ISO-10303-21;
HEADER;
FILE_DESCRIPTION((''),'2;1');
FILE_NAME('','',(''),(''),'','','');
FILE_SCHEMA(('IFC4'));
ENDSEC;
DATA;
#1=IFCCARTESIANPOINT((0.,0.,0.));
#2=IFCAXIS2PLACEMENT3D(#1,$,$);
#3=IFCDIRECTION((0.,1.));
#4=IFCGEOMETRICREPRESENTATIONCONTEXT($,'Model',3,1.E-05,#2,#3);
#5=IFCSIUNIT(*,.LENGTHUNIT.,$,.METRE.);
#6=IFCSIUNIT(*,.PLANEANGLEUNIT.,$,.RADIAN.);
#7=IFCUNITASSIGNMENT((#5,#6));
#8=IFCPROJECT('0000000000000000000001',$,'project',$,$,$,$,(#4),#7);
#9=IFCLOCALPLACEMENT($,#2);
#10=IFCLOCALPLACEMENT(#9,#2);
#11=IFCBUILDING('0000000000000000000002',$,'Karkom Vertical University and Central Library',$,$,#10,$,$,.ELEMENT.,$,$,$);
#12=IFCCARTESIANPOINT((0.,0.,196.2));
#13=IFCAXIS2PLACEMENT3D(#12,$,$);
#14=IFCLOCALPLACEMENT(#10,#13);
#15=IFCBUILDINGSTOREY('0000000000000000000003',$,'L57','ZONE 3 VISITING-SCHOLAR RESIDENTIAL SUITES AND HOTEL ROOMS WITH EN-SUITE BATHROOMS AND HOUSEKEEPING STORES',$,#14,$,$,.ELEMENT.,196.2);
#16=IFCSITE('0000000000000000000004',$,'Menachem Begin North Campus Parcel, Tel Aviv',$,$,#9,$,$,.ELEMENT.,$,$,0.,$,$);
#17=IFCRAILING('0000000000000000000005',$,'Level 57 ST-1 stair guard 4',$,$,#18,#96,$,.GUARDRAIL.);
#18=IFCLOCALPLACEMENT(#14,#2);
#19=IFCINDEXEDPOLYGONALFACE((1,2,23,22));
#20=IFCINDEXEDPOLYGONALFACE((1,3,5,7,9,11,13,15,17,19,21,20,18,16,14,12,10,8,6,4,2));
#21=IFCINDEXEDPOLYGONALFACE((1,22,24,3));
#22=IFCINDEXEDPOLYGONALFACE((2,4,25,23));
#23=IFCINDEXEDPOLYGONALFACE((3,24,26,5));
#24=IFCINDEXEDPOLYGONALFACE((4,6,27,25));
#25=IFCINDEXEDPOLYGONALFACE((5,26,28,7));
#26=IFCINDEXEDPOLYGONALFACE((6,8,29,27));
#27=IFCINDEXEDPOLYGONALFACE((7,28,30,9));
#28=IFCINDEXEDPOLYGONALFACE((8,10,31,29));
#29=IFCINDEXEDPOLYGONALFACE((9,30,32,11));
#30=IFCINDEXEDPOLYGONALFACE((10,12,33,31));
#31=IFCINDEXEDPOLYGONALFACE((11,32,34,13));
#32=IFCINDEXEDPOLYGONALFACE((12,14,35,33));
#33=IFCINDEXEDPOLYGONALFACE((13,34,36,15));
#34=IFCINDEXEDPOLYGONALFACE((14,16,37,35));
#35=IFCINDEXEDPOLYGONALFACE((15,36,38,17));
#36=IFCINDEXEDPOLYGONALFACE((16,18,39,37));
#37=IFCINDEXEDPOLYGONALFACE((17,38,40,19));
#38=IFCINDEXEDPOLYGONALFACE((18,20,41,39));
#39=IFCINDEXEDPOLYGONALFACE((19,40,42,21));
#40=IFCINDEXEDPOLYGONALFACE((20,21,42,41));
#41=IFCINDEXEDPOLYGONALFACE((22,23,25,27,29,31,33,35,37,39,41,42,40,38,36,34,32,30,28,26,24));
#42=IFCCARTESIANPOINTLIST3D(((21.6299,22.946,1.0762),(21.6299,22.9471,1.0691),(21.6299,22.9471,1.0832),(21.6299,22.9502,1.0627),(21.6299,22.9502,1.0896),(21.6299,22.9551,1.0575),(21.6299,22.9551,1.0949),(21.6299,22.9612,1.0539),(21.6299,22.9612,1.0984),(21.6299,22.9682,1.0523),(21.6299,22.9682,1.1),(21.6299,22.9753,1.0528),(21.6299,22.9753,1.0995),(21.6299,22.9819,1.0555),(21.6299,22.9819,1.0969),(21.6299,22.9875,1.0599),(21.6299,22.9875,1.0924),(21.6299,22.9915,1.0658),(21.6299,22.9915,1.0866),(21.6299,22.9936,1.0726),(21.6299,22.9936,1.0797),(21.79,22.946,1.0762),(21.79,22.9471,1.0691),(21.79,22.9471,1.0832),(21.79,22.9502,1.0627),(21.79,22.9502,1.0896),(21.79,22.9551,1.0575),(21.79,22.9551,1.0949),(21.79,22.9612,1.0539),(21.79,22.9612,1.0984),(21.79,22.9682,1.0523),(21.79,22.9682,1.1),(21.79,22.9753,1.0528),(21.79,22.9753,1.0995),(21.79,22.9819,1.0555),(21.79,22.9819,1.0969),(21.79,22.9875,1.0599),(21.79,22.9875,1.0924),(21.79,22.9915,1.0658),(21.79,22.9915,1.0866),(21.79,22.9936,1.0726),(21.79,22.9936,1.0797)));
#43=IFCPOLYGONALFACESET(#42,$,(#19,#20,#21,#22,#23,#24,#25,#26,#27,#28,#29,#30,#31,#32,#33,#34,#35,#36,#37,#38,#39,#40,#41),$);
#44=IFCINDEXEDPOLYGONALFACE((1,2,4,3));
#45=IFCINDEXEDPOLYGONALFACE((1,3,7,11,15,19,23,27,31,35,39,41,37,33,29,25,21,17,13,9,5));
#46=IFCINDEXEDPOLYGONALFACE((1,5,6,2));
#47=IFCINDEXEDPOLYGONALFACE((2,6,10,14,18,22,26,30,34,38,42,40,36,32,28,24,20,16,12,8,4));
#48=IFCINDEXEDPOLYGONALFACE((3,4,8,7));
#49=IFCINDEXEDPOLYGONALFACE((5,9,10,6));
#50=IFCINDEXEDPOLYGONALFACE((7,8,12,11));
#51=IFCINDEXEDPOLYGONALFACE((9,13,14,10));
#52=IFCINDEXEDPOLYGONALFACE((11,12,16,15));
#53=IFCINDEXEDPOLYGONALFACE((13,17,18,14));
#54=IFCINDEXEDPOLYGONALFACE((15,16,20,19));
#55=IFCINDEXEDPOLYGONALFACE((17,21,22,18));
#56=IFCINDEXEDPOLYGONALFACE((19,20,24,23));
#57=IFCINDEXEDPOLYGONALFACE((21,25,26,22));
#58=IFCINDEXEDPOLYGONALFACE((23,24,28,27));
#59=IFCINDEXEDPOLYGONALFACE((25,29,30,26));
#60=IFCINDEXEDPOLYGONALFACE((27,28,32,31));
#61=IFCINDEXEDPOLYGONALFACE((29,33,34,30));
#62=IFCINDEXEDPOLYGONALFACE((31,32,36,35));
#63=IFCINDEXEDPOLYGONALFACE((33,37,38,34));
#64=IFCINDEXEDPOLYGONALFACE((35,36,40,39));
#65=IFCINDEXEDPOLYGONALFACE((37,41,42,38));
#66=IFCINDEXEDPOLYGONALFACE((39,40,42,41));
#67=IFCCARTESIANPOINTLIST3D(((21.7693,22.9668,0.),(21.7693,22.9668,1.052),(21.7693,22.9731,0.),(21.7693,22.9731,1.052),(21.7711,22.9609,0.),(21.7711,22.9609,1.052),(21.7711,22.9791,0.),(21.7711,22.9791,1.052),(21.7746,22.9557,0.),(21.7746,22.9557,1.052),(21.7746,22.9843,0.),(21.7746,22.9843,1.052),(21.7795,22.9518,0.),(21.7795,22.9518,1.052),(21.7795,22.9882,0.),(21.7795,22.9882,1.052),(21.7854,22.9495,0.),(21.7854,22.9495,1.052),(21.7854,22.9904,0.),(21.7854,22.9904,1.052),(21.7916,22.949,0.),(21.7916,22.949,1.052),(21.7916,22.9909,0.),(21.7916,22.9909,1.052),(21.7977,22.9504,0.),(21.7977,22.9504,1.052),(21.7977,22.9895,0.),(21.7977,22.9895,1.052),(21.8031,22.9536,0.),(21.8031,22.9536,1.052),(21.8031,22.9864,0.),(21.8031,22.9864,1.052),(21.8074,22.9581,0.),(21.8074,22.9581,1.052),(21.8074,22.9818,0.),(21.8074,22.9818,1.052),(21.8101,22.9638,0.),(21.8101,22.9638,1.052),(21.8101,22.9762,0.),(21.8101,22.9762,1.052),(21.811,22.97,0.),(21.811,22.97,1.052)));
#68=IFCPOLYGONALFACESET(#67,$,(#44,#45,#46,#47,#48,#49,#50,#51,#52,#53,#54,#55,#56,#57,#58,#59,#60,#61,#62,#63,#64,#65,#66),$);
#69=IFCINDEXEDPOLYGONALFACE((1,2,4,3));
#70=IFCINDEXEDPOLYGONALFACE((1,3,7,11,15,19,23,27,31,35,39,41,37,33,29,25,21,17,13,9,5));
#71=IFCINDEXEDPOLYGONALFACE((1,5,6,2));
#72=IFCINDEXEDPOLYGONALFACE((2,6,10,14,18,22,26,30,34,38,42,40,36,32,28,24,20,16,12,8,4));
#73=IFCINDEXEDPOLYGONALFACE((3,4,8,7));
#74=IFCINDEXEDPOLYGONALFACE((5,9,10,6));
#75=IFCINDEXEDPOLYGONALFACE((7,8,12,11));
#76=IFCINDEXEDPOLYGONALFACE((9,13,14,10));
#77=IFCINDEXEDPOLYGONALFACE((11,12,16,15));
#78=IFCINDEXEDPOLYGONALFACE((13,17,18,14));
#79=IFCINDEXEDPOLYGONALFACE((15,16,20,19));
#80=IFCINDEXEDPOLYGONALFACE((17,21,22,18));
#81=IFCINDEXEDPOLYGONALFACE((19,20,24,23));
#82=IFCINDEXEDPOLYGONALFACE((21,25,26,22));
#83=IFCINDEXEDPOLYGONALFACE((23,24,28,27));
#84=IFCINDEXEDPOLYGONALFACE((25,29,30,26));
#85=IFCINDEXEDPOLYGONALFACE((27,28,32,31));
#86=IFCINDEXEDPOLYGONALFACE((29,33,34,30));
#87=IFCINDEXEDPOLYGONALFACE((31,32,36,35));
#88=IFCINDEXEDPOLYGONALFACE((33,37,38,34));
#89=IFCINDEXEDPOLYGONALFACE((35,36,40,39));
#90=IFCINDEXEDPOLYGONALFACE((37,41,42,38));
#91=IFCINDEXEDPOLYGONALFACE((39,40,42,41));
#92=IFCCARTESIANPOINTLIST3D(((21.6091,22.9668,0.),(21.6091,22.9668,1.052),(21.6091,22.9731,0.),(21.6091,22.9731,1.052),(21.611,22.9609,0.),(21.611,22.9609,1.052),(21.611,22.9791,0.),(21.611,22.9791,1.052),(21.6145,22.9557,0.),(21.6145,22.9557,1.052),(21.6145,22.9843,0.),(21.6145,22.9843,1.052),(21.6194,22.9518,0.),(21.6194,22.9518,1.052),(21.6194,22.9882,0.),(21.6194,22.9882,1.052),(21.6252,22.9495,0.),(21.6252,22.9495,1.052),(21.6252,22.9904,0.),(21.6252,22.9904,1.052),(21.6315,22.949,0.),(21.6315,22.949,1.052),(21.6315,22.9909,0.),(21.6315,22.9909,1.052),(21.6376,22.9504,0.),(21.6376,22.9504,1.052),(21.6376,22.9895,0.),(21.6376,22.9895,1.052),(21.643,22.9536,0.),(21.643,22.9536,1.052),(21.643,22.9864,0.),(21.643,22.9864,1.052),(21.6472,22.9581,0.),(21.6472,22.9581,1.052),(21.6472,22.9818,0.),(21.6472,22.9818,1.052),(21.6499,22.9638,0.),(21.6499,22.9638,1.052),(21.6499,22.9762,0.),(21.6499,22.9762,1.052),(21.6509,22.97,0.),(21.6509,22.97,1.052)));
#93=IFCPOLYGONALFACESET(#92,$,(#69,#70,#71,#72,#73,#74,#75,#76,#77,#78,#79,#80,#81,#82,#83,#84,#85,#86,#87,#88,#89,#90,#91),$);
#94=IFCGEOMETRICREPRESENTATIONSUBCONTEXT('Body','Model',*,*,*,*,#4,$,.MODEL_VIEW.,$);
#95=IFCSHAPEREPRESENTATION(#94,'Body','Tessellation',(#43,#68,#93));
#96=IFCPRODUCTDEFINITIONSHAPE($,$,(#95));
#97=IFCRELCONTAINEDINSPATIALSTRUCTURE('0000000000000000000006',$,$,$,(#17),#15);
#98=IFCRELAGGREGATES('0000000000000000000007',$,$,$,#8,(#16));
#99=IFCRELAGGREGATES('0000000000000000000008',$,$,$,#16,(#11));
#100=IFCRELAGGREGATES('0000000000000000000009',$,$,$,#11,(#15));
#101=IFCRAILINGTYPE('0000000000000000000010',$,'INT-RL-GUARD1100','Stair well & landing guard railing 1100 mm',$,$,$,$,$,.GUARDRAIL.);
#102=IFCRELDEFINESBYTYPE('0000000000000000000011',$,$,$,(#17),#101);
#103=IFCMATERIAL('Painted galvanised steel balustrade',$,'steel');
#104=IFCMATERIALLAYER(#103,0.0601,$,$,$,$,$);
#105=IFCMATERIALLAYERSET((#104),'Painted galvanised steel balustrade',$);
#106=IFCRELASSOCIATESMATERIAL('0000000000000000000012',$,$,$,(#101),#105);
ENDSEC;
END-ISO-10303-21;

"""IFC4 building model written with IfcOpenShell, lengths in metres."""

from ifc_helpers import new_model, si_unit, direction, frame, origin, origin_2d, place, context, subcontext, project, spatial, circle, extrude, material, layer, layer_set, type_object, element, save


model = new_model("IFC4")

# Units and contexts
model_context = context("Model", 3, precision=1e-05, world=origin(), true_north=direction((0.0, 1.0)))
body_context = subcontext(model_context, "Body", "Model", "MODEL_VIEW")
ifc_project = project(units=[si_unit("LENGTHUNIT", "METRE"), si_unit("PLANEANGLEUNIT", "RADIAN")], contexts=[model_context])

# Site, building, storey
site_placement = place(None, origin())
site = spatial("IfcSite", under=ifc_project, at=site_placement, Name="Menachem Begin North Campus Parcel, Tel Aviv", CompositionType="ELEMENT", RefElevation=0.0)
building_placement = place(site_placement, origin())
building = spatial("IfcBuilding", under=site, at=building_placement, Name="Karkom Vertical University and Central Library", CompositionType="ELEMENT")
storey_placement = place(building_placement, frame((0.0, 0.0, 196.2)))
storey = spatial("IfcBuildingStorey", under=building, at=storey_placement, Name="L57", Description="ZONE 3 VISITING-SCHOLAR RESIDENTIAL SUITES AND HOTEL ROOMS WITH EN-SUITE BATHROOMS AND HOUSEKEEPING STORES", CompositionType="ELEMENT", Elevation=196.2)

# Railing
ifc_material_1 = material(Name="Painted galvanised steel balustrade", Category="steel")
ifc_layer_1 = layer(ifc_material_1, 0.0601)
ifc_layer_set_1 = layer_set([ifc_layer_1], Name="Painted galvanised steel balustrade")
railing_type_1 = type_object("IfcRailingType", Name="INT-RL-GUARD1100", Description="Stair well & landing guard railing 1100 mm", PredefinedType="GUARDRAIL", material=ifc_layer_set_1)
railing_1_placement = place(storey_placement, frame((21.79, 22.97, 0.0)))
element("IfcRailing", 1, at=railing_1_placement, inside=storey, type_object=railing_type_1, Name="Level 57 ST-1 stair guard 4", PredefinedType="GUARDRAIL", context=body_context, shape_type="SweptSolid", body=[
    extrude(circle(Radius=0.0239, at=origin_2d()), frame((0.0, 0.0, 1.0762), z_axis=(-1.0, 0.0, 0.0), x_axis=(0.0, -1.0, 0.0)), (0.0, 0.0, 1.0), 0.1602),
    extrude(circle(Radius=0.021, at=origin_2d()), origin(), (0.0, 0.0, 1.0), 1.052),
    extrude(circle(Radius=0.021, at=origin_2d()), frame((-0.1602, 0.0, 0.0)), (0.0, 0.0, 1.0), 1.052),
])

save(model, "model.ifc")
